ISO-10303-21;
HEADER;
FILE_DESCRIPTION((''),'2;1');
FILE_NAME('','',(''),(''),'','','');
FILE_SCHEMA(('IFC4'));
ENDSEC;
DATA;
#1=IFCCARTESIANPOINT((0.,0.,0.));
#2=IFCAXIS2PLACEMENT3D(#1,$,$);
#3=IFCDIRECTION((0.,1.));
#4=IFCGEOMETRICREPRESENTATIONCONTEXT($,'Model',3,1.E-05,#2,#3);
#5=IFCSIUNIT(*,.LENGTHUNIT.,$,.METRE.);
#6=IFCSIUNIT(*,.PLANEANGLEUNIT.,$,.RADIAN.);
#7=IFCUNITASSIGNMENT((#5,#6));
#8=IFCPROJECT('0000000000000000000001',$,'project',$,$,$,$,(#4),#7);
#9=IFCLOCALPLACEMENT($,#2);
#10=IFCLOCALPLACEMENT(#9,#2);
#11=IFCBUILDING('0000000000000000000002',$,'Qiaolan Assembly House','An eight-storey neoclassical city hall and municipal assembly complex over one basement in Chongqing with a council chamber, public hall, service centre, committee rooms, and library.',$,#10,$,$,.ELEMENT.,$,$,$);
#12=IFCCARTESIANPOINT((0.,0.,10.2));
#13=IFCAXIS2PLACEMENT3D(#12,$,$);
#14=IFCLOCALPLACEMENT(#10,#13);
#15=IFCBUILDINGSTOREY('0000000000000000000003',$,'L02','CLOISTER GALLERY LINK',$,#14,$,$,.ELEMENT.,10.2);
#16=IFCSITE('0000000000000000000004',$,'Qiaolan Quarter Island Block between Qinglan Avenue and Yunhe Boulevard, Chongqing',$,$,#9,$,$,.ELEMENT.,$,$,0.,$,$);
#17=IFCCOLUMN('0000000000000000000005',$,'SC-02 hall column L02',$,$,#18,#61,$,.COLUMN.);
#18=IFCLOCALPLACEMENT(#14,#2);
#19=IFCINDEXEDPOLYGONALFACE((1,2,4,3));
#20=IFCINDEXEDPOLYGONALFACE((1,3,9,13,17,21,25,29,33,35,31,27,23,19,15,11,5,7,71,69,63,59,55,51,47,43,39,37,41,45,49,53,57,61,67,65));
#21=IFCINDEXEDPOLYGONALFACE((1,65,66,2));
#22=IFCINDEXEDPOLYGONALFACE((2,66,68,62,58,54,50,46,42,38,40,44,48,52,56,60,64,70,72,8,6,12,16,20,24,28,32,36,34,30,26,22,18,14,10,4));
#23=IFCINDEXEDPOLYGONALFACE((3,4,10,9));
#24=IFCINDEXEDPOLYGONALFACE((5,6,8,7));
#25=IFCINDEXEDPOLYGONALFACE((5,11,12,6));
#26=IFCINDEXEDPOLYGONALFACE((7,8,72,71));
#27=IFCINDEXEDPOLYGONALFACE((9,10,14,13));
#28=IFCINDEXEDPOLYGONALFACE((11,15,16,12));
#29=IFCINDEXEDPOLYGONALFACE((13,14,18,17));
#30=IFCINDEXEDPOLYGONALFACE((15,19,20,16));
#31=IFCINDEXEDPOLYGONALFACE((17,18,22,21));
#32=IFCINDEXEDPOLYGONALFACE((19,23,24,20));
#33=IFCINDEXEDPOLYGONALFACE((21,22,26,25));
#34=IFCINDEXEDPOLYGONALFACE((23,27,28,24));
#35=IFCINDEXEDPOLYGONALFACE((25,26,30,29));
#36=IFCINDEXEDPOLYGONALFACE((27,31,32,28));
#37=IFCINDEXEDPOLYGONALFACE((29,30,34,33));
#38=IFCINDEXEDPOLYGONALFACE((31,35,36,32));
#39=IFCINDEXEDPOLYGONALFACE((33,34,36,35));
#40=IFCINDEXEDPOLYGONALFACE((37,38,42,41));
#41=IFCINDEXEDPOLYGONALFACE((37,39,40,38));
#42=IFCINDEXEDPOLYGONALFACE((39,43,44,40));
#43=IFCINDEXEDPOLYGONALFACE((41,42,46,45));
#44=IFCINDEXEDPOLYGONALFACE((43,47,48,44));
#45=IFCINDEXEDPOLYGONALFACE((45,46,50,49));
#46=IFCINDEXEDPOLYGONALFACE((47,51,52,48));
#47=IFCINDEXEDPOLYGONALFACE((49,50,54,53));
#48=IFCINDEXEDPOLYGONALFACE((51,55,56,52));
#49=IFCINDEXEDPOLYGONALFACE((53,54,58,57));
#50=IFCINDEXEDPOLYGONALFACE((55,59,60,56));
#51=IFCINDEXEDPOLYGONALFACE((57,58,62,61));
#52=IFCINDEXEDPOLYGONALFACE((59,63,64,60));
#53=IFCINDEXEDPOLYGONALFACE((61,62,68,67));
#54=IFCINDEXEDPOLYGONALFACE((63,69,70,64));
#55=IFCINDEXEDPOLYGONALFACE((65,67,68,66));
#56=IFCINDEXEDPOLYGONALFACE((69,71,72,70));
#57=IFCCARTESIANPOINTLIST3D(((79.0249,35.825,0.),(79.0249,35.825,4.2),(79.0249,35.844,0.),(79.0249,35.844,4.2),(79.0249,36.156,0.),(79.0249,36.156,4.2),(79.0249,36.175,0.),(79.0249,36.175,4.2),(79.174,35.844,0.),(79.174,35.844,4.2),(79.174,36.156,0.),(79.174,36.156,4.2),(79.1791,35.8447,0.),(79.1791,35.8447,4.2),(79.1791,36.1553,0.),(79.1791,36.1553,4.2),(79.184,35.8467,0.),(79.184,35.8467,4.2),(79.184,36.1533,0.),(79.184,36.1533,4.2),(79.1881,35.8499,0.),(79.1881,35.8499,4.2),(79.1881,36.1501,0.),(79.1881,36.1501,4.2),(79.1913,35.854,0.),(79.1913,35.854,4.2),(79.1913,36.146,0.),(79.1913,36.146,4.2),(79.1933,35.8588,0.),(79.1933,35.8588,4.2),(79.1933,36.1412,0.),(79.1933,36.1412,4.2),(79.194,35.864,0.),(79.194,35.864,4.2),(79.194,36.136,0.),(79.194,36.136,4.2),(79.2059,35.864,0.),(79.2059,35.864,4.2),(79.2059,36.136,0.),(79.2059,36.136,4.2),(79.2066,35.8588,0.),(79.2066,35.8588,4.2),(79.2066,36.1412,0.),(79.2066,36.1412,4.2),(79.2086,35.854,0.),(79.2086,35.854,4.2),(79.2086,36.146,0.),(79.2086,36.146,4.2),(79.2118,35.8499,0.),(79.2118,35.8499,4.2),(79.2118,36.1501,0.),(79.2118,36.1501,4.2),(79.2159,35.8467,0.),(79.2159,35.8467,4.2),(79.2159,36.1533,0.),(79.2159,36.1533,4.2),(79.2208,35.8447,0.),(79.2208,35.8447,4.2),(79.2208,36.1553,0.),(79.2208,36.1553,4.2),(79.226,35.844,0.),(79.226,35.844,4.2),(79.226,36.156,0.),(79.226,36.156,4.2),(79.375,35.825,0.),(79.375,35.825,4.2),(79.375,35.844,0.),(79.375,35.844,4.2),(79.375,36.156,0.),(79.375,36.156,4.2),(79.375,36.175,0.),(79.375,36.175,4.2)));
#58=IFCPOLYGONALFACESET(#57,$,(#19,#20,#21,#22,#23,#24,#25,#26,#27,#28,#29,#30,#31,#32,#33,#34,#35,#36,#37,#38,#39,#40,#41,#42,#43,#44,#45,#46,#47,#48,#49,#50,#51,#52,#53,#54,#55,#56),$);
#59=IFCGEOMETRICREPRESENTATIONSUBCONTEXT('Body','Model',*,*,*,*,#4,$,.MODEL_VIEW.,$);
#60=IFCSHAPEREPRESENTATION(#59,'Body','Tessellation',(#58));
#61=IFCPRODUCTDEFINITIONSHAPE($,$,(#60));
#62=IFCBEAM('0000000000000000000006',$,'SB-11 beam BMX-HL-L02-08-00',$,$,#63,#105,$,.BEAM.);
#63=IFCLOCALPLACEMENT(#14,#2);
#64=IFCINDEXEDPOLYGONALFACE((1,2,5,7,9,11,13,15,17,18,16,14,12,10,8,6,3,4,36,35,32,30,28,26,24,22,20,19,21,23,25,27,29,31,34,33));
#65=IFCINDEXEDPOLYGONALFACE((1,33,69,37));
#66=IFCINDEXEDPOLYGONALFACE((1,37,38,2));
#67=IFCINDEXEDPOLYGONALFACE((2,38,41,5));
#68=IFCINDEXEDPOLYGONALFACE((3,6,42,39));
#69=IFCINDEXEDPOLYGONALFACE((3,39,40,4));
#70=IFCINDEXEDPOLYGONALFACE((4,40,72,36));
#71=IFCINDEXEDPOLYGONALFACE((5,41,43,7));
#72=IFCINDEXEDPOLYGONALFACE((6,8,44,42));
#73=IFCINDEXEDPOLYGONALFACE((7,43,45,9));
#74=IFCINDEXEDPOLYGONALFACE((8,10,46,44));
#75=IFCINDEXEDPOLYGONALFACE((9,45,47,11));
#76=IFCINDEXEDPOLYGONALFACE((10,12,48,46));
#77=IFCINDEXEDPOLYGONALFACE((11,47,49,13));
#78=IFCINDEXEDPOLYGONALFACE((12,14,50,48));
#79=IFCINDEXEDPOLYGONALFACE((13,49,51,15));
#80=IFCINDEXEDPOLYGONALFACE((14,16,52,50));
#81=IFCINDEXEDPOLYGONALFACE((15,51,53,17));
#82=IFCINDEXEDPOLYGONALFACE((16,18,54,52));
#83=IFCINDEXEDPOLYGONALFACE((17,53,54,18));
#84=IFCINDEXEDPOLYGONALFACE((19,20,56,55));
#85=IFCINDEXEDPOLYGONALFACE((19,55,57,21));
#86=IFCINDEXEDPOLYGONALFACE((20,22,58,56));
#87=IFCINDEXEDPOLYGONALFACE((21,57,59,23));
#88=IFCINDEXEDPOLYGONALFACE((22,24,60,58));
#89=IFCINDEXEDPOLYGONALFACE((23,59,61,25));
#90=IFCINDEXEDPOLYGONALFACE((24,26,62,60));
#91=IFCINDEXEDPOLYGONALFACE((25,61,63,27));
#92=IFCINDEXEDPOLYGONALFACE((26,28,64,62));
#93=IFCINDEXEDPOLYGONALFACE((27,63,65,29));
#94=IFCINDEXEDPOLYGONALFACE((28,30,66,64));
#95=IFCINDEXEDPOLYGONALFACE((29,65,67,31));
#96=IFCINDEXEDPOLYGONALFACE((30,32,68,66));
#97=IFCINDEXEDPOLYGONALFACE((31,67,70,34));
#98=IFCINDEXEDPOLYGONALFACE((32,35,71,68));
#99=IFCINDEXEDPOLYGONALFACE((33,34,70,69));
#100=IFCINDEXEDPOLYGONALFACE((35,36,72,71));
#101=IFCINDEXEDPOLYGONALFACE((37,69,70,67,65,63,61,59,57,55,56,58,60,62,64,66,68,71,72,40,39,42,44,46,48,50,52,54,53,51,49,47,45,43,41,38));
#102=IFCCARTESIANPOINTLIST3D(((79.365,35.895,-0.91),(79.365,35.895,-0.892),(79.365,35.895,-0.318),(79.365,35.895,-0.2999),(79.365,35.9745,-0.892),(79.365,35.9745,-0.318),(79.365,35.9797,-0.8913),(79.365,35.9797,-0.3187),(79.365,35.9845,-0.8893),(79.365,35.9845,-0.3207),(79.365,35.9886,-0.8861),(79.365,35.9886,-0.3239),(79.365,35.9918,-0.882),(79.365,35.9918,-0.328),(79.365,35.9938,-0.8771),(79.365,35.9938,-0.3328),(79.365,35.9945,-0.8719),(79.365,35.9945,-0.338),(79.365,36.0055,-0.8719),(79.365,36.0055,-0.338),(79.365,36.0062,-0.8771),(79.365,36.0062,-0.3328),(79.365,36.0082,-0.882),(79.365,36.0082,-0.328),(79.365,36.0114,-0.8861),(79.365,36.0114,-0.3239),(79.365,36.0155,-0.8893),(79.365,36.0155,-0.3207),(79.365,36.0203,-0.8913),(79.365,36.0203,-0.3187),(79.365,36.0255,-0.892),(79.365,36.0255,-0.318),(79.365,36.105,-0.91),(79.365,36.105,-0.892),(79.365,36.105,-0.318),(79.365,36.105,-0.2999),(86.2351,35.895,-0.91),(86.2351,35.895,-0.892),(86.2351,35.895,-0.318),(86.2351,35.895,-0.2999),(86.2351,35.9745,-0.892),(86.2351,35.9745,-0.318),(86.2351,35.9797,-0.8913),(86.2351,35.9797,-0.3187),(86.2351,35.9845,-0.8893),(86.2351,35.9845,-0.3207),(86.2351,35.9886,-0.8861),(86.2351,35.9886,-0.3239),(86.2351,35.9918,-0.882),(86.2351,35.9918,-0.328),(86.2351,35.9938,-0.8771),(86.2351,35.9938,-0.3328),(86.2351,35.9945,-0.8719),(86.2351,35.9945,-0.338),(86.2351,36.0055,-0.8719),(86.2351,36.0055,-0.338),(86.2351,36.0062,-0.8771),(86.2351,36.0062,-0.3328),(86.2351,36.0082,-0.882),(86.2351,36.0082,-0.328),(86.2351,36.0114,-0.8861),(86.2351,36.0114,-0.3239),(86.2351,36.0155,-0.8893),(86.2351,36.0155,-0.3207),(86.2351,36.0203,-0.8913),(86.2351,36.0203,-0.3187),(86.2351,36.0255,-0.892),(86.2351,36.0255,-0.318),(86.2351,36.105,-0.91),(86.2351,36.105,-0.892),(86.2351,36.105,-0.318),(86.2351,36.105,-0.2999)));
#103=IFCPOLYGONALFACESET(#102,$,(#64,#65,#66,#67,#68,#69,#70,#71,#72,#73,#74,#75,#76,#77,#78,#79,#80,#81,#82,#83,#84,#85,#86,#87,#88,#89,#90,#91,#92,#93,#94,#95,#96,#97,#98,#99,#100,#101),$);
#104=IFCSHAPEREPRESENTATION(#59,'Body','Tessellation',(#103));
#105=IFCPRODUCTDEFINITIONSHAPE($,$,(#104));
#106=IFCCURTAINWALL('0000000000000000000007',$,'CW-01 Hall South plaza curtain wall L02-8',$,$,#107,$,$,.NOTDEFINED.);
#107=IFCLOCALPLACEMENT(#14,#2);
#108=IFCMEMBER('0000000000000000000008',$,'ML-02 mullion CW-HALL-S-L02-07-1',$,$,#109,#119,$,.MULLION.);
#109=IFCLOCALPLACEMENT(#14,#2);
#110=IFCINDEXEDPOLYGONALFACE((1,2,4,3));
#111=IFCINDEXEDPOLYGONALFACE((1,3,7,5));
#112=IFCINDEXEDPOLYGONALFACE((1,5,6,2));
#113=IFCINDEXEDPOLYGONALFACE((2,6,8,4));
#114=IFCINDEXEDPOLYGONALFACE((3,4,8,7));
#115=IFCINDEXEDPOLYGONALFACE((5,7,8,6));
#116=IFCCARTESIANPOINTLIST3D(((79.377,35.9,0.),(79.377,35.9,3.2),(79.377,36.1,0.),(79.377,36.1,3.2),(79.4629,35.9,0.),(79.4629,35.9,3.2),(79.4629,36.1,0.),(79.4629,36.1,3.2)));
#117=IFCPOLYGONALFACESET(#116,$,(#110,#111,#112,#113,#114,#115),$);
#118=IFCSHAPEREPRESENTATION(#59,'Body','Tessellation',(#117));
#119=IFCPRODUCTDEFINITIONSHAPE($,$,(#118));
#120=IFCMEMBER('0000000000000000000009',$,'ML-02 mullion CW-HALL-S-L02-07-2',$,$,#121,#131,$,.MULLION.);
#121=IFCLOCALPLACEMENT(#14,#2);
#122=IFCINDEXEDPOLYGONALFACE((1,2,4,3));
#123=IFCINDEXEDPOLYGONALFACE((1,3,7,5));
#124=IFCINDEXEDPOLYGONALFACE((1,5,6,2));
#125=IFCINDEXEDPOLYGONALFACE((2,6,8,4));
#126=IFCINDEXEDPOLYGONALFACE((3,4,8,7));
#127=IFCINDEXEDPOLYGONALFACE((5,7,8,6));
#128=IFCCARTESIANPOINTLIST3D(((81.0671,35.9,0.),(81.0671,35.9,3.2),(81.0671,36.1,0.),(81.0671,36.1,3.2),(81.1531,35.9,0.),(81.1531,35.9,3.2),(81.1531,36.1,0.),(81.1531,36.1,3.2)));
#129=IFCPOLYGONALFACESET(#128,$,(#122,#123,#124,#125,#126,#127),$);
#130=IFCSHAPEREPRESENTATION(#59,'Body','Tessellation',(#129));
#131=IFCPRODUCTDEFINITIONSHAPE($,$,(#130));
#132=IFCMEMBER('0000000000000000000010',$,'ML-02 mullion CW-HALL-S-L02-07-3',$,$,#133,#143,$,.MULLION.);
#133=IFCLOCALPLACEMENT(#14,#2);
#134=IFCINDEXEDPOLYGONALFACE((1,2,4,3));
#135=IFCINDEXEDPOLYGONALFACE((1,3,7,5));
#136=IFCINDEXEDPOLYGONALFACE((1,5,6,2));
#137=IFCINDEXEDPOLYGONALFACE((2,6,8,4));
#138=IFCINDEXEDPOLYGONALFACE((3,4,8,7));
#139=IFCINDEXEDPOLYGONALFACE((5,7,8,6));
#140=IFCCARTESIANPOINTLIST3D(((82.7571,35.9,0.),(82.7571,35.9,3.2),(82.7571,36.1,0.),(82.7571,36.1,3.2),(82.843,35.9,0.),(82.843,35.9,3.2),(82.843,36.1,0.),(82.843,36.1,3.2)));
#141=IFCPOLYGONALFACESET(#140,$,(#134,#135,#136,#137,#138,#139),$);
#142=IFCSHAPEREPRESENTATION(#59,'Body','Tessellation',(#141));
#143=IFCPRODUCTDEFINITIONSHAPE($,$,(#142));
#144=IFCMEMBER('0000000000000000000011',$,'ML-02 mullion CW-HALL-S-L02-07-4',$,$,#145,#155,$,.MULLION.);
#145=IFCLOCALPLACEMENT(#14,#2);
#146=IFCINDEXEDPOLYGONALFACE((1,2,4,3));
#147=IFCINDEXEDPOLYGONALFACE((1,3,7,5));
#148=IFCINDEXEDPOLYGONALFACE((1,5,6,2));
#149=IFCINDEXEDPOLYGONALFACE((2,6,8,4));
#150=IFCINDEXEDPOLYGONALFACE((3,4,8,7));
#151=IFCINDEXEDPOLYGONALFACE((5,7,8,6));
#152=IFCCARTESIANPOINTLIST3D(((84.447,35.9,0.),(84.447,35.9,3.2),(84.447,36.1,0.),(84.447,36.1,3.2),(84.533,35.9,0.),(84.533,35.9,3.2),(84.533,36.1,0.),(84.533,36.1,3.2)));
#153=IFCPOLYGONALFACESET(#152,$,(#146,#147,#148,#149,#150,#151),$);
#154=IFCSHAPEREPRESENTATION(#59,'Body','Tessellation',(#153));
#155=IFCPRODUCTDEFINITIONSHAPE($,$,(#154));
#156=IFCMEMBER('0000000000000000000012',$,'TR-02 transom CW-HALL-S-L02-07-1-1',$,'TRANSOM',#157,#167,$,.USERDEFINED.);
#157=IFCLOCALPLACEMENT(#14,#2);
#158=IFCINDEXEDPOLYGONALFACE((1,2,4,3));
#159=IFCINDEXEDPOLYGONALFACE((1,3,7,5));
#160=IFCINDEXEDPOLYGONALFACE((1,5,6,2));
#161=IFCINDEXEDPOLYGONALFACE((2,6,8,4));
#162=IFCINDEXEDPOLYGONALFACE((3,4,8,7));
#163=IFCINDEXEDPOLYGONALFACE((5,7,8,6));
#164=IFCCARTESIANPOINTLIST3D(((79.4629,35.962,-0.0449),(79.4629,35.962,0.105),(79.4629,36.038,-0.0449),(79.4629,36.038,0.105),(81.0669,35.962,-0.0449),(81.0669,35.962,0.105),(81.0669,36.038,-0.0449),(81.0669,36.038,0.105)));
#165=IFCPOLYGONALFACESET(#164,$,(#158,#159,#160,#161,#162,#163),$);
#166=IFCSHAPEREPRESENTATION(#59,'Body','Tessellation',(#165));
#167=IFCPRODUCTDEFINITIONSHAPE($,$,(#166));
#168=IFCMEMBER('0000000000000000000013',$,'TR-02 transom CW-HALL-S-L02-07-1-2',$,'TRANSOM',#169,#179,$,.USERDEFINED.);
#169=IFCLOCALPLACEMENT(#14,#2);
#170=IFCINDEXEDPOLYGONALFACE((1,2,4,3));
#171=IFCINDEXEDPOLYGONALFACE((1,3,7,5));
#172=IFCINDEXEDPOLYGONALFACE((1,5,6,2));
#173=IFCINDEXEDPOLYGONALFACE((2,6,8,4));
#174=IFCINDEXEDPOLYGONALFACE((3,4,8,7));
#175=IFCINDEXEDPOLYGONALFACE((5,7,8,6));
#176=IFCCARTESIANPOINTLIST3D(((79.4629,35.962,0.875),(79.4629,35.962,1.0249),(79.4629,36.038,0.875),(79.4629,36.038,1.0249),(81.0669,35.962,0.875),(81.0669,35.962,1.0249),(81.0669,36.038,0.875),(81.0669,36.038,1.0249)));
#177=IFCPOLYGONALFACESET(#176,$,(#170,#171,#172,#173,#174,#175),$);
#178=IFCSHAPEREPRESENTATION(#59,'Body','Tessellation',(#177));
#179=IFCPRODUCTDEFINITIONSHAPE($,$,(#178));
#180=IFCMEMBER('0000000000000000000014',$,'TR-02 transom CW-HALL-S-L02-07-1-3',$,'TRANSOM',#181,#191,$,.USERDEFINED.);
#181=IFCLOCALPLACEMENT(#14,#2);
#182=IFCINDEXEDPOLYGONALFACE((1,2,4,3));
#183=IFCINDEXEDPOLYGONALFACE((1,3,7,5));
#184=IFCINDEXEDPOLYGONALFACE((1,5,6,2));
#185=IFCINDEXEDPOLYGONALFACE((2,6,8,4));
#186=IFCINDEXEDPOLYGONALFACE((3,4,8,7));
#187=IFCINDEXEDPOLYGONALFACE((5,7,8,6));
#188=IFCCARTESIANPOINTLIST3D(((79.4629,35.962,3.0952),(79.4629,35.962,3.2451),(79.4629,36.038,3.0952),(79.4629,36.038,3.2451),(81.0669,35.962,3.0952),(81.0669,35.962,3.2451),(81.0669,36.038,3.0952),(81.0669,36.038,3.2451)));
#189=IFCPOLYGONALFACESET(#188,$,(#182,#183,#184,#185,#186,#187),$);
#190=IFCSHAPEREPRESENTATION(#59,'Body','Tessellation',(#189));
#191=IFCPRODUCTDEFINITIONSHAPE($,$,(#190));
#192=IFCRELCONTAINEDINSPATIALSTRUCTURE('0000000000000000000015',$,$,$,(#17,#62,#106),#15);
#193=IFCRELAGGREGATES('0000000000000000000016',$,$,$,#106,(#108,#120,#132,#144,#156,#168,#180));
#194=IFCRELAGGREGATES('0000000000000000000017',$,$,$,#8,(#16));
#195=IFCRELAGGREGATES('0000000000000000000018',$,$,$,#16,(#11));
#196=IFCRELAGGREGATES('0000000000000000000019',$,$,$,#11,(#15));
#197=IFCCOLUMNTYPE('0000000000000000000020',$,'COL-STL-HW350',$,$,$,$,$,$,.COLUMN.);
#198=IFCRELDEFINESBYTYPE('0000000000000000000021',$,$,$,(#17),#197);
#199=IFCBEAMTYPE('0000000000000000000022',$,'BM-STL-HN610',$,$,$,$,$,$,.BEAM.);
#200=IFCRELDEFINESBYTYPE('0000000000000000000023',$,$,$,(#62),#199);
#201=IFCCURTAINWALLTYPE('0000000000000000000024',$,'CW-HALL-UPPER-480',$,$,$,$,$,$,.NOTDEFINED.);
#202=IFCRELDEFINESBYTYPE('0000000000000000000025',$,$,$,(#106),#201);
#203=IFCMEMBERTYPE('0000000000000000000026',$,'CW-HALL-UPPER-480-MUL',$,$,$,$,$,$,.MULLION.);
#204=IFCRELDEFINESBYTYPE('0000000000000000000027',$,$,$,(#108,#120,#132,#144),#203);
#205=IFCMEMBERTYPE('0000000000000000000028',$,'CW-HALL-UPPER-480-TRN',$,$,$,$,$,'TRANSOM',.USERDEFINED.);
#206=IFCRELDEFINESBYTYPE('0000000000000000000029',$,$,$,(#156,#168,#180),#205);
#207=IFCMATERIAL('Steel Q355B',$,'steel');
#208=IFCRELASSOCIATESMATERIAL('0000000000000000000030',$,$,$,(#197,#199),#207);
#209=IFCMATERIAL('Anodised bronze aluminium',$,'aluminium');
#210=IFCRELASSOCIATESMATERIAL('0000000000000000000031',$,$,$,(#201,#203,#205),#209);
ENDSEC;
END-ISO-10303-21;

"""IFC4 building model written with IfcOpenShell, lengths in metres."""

from ifc_helpers import new_model, si_unit, direction, frame, origin, origin_2d, place, context, subcontext, project, spatial, rectangle, i_section, extrude, material, material_profile, profile_set, type_object, element, aggregate, save


model = new_model("IFC4")

# Units and contexts
model_context = context("Model", 3, precision=1e-05, world=origin(), true_north=direction((0.0, 1.0)))
body_context = subcontext(model_context, "Body", "Model", "MODEL_VIEW")
ifc_project = project(units=[si_unit("LENGTHUNIT", "METRE"), si_unit("PLANEANGLEUNIT", "RADIAN")], contexts=[model_context])

# Site, building, storey
site_placement = place(None, origin())
site = spatial("IfcSite", under=ifc_project, at=site_placement, Name="Qiaolan Quarter Island Block between Qinglan Avenue and Yunhe Boulevard, Chongqing", CompositionType="ELEMENT", RefElevation=0.0)
building_placement = place(site_placement, origin())
building = spatial("IfcBuilding", under=site, at=building_placement, Name="Qiaolan Assembly House", Description="An eight-storey neoclassical city hall and municipal assembly complex over one basement in Chongqing with a council chamber, public hall, service centre, committee rooms, and library.", CompositionType="ELEMENT")
storey_placement = place(building_placement, frame((0.0, 0.0, 10.2)))
storey = spatial("IfcBuildingStorey", under=building, at=storey_placement, Name="L02", Description="CLOISTER GALLERY LINK", CompositionType="ELEMENT", Elevation=10.2)

# Column
ifc_material_1 = material(Name="Steel Q355B", Category="steel")
ifc_material_profile_1 = material_profile(ifc_material_1, i_section(OverallWidth=0.3501, OverallDepth=0.3501, WebThickness=0.012, FlangeThickness=0.019, FilletRadius=0.02, at=origin_2d()), Name="HW 350x350x12x19")
ifc_profile_set_1 = profile_set([ifc_material_profile_1], Name="Steel Q355B")
column_type = type_object("IfcColumnType", Name="COL-STL-HW350", PredefinedType="COLUMN", material=ifc_profile_set_1)
column_placement = place(storey_placement, frame((79.2, 36.0, 0.0), z_axis=(0.0, 0.0, 1.0), x_axis=(1.0, 0.0, 0.0)))
element("IfcColumn", 1, at=column_placement, inside=storey, type_object=column_type, Name="SC-02 hall column L02", PredefinedType="COLUMN", context=body_context, shape_type="SweptSolid", body=[
    extrude(i_section(OverallWidth=0.3501, OverallDepth=0.3501, WebThickness=0.012, FlangeThickness=0.019, FilletRadius=0.02, at=origin_2d()), origin(), (0.0, 0.0, 1.0), 4.2),
])

# Beam
ifc_material_profile_2 = material_profile(ifc_material_1, i_section(OverallWidth=0.21, OverallDepth=0.6101, WebThickness=0.011, FlangeThickness=0.0181, FilletRadius=0.02, at=origin_2d()), Name="HN 610x210x11x18")
ifc_profile_set_2 = profile_set([ifc_material_profile_2], Name="Steel Q355B")
beam_type = type_object("IfcBeamType", Name="BM-STL-HN610", PredefinedType="BEAM", material=ifc_profile_set_2)
beam_placement = place(storey_placement, frame((79.365, 36.0, -0.605), z_axis=(1.0, 0.0, 0.0), x_axis=(0.0, 1.0, 0.0)))
element("IfcBeam", 2, at=beam_placement, inside=storey, type_object=beam_type, Name="SB-11 beam BMX-HL-L02-08-00", PredefinedType="BEAM", context=body_context, shape_type="SweptSolid", body=[
    extrude(i_section(OverallWidth=0.21, OverallDepth=0.6101, WebThickness=0.011, FlangeThickness=0.0181, FilletRadius=0.02, at=origin_2d()), origin(), (0.0, 0.0, 1.0), 6.8701),
])

# Curtain wall, members
ifc_material_2 = material(Name="Anodised bronze aluminium", Category="aluminium")
curtain_wall_type = type_object("IfcCurtainWallType", Name="CW-HALL-UPPER-480", PredefinedType="NOTDEFINED", material=ifc_material_2)
curtain_wall_placement = place(storey_placement, origin())
curtain_wall = element("IfcCurtainWall", 3, at=curtain_wall_placement, inside=storey, type_object=curtain_wall_type, Name="CW-01 Hall South plaza curtain wall L02-8", PredefinedType="NOTDEFINED")
ifc_material_profile_3 = material_profile(ifc_material_2, rectangle(XDim=0.0859, YDim=0.2, at=origin_2d()), Name="MUL 86x200")
ifc_profile_set_3 = profile_set([ifc_material_profile_3], Name="Anodised bronze aluminium")
member_type_1 = type_object("IfcMemberType", Name="CW-HALL-UPPER-480-MUL", PredefinedType="MULLION", material=ifc_profile_set_3)
member_1_placement = place(storey_placement, frame((79.4199, 36.0, 0.0), z_axis=(0.0, 0.0, 1.0), x_axis=(1.0, 0.0, 0.0)))
member_1 = element("IfcMember", 4, at=member_1_placement, type_object=member_type_1, Name="ML-02 mullion CW-HALL-S-L02-07-1", PredefinedType="MULLION", context=body_context, shape_type="SweptSolid", body=[
    extrude(rectangle(XDim=0.0859, YDim=0.2, at=origin_2d()), origin(), (0.0, 0.0, 1.0), 3.2),
])
member_2_placement = place(storey_placement, frame((81.1101, 36.0, 0.0), z_axis=(0.0, 0.0, 1.0), x_axis=(1.0, 0.0, 0.0)))
member_2 = element("IfcMember", 5, at=member_2_placement, type_object=member_type_1, Name="ML-02 mullion CW-HALL-S-L02-07-2", PredefinedType="MULLION", context=body_context, shape_type="SweptSolid", body=[
    extrude(rectangle(XDim=0.0859, YDim=0.2, at=origin_2d()), origin(), (0.0, 0.0, 1.0), 3.2),
])
member_3_placement = place(storey_placement, frame((82.8, 36.0, 0.0), z_axis=(0.0, 0.0, 1.0), x_axis=(1.0, 0.0, 0.0)))
member_3 = element("IfcMember", 6, at=member_3_placement, type_object=member_type_1, Name="ML-02 mullion CW-HALL-S-L02-07-3", PredefinedType="MULLION", context=body_context, shape_type="SweptSolid", body=[
    extrude(rectangle(XDim=0.0859, YDim=0.2, at=origin_2d()), origin(), (0.0, 0.0, 1.0), 3.2),
])
member_4_placement = place(storey_placement, frame((84.49, 36.0, 0.0), z_axis=(0.0, 0.0, 1.0), x_axis=(1.0, 0.0, 0.0)))
member_4 = element("IfcMember", 7, at=member_4_placement, type_object=member_type_1, Name="ML-02 mullion CW-HALL-S-L02-07-4", PredefinedType="MULLION", context=body_context, shape_type="SweptSolid", body=[
    extrude(rectangle(XDim=0.0859, YDim=0.2, at=origin_2d()), origin(), (0.0, 0.0, 1.0), 3.2),
])
ifc_material_profile_4 = material_profile(ifc_material_2, rectangle(XDim=0.0759, YDim=0.1499, at=origin_2d()), Name="TRN 76x150")
ifc_profile_set_4 = profile_set([ifc_material_profile_4], Name="Anodised bronze aluminium")
member_type_2 = type_object("IfcMemberType", Name="CW-HALL-UPPER-480-TRN", ElementType="TRANSOM", PredefinedType="USERDEFINED", material=ifc_profile_set_4)
member_5_placement = place(storey_placement, frame((79.4629, 36.0, 0.03), z_axis=(1.0, 0.0, 0.0), x_axis=(0.0, 1.0, 0.0)))
member_5 = element("IfcMember", 8, at=member_5_placement, type_object=member_type_2, Name="TR-02 transom CW-HALL-S-L02-07-1-1", ObjectType="TRANSOM", PredefinedType="USERDEFINED", context=body_context, shape_type="SweptSolid", body=[
    extrude(rectangle(XDim=0.0759, YDim=0.1499, at=origin_2d()), origin(), (0.0, 0.0, 1.0), 1.604),
])
member_6_placement = place(storey_placement, frame((79.4629, 36.0, 0.95), z_axis=(1.0, 0.0, 0.0), x_axis=(0.0, 1.0, 0.0)))
member_6 = element("IfcMember", 9, at=member_6_placement, type_object=member_type_2, Name="TR-02 transom CW-HALL-S-L02-07-1-2", ObjectType="TRANSOM", PredefinedType="USERDEFINED", context=body_context, shape_type="SweptSolid", body=[
    extrude(rectangle(XDim=0.0759, YDim=0.1499, at=origin_2d()), origin(), (0.0, 0.0, 1.0), 1.604),
])
member_7_placement = place(storey_placement, frame((79.4629, 36.0, 3.1702), z_axis=(1.0, 0.0, 0.0), x_axis=(0.0, 1.0, 0.0)))
member_7 = element("IfcMember", 10, at=member_7_placement, type_object=member_type_2, Name="TR-02 transom CW-HALL-S-L02-07-1-3", ObjectType="TRANSOM", PredefinedType="USERDEFINED", context=body_context, shape_type="SweptSolid", body=[
    extrude(rectangle(XDim=0.0759, YDim=0.1499, at=origin_2d()), origin(), (0.0, 0.0, 1.0), 1.604),
])
aggregate(curtain_wall, [member_1, member_2, member_3, member_4, member_5, member_6, member_7])

save(model, "model.ifc")
